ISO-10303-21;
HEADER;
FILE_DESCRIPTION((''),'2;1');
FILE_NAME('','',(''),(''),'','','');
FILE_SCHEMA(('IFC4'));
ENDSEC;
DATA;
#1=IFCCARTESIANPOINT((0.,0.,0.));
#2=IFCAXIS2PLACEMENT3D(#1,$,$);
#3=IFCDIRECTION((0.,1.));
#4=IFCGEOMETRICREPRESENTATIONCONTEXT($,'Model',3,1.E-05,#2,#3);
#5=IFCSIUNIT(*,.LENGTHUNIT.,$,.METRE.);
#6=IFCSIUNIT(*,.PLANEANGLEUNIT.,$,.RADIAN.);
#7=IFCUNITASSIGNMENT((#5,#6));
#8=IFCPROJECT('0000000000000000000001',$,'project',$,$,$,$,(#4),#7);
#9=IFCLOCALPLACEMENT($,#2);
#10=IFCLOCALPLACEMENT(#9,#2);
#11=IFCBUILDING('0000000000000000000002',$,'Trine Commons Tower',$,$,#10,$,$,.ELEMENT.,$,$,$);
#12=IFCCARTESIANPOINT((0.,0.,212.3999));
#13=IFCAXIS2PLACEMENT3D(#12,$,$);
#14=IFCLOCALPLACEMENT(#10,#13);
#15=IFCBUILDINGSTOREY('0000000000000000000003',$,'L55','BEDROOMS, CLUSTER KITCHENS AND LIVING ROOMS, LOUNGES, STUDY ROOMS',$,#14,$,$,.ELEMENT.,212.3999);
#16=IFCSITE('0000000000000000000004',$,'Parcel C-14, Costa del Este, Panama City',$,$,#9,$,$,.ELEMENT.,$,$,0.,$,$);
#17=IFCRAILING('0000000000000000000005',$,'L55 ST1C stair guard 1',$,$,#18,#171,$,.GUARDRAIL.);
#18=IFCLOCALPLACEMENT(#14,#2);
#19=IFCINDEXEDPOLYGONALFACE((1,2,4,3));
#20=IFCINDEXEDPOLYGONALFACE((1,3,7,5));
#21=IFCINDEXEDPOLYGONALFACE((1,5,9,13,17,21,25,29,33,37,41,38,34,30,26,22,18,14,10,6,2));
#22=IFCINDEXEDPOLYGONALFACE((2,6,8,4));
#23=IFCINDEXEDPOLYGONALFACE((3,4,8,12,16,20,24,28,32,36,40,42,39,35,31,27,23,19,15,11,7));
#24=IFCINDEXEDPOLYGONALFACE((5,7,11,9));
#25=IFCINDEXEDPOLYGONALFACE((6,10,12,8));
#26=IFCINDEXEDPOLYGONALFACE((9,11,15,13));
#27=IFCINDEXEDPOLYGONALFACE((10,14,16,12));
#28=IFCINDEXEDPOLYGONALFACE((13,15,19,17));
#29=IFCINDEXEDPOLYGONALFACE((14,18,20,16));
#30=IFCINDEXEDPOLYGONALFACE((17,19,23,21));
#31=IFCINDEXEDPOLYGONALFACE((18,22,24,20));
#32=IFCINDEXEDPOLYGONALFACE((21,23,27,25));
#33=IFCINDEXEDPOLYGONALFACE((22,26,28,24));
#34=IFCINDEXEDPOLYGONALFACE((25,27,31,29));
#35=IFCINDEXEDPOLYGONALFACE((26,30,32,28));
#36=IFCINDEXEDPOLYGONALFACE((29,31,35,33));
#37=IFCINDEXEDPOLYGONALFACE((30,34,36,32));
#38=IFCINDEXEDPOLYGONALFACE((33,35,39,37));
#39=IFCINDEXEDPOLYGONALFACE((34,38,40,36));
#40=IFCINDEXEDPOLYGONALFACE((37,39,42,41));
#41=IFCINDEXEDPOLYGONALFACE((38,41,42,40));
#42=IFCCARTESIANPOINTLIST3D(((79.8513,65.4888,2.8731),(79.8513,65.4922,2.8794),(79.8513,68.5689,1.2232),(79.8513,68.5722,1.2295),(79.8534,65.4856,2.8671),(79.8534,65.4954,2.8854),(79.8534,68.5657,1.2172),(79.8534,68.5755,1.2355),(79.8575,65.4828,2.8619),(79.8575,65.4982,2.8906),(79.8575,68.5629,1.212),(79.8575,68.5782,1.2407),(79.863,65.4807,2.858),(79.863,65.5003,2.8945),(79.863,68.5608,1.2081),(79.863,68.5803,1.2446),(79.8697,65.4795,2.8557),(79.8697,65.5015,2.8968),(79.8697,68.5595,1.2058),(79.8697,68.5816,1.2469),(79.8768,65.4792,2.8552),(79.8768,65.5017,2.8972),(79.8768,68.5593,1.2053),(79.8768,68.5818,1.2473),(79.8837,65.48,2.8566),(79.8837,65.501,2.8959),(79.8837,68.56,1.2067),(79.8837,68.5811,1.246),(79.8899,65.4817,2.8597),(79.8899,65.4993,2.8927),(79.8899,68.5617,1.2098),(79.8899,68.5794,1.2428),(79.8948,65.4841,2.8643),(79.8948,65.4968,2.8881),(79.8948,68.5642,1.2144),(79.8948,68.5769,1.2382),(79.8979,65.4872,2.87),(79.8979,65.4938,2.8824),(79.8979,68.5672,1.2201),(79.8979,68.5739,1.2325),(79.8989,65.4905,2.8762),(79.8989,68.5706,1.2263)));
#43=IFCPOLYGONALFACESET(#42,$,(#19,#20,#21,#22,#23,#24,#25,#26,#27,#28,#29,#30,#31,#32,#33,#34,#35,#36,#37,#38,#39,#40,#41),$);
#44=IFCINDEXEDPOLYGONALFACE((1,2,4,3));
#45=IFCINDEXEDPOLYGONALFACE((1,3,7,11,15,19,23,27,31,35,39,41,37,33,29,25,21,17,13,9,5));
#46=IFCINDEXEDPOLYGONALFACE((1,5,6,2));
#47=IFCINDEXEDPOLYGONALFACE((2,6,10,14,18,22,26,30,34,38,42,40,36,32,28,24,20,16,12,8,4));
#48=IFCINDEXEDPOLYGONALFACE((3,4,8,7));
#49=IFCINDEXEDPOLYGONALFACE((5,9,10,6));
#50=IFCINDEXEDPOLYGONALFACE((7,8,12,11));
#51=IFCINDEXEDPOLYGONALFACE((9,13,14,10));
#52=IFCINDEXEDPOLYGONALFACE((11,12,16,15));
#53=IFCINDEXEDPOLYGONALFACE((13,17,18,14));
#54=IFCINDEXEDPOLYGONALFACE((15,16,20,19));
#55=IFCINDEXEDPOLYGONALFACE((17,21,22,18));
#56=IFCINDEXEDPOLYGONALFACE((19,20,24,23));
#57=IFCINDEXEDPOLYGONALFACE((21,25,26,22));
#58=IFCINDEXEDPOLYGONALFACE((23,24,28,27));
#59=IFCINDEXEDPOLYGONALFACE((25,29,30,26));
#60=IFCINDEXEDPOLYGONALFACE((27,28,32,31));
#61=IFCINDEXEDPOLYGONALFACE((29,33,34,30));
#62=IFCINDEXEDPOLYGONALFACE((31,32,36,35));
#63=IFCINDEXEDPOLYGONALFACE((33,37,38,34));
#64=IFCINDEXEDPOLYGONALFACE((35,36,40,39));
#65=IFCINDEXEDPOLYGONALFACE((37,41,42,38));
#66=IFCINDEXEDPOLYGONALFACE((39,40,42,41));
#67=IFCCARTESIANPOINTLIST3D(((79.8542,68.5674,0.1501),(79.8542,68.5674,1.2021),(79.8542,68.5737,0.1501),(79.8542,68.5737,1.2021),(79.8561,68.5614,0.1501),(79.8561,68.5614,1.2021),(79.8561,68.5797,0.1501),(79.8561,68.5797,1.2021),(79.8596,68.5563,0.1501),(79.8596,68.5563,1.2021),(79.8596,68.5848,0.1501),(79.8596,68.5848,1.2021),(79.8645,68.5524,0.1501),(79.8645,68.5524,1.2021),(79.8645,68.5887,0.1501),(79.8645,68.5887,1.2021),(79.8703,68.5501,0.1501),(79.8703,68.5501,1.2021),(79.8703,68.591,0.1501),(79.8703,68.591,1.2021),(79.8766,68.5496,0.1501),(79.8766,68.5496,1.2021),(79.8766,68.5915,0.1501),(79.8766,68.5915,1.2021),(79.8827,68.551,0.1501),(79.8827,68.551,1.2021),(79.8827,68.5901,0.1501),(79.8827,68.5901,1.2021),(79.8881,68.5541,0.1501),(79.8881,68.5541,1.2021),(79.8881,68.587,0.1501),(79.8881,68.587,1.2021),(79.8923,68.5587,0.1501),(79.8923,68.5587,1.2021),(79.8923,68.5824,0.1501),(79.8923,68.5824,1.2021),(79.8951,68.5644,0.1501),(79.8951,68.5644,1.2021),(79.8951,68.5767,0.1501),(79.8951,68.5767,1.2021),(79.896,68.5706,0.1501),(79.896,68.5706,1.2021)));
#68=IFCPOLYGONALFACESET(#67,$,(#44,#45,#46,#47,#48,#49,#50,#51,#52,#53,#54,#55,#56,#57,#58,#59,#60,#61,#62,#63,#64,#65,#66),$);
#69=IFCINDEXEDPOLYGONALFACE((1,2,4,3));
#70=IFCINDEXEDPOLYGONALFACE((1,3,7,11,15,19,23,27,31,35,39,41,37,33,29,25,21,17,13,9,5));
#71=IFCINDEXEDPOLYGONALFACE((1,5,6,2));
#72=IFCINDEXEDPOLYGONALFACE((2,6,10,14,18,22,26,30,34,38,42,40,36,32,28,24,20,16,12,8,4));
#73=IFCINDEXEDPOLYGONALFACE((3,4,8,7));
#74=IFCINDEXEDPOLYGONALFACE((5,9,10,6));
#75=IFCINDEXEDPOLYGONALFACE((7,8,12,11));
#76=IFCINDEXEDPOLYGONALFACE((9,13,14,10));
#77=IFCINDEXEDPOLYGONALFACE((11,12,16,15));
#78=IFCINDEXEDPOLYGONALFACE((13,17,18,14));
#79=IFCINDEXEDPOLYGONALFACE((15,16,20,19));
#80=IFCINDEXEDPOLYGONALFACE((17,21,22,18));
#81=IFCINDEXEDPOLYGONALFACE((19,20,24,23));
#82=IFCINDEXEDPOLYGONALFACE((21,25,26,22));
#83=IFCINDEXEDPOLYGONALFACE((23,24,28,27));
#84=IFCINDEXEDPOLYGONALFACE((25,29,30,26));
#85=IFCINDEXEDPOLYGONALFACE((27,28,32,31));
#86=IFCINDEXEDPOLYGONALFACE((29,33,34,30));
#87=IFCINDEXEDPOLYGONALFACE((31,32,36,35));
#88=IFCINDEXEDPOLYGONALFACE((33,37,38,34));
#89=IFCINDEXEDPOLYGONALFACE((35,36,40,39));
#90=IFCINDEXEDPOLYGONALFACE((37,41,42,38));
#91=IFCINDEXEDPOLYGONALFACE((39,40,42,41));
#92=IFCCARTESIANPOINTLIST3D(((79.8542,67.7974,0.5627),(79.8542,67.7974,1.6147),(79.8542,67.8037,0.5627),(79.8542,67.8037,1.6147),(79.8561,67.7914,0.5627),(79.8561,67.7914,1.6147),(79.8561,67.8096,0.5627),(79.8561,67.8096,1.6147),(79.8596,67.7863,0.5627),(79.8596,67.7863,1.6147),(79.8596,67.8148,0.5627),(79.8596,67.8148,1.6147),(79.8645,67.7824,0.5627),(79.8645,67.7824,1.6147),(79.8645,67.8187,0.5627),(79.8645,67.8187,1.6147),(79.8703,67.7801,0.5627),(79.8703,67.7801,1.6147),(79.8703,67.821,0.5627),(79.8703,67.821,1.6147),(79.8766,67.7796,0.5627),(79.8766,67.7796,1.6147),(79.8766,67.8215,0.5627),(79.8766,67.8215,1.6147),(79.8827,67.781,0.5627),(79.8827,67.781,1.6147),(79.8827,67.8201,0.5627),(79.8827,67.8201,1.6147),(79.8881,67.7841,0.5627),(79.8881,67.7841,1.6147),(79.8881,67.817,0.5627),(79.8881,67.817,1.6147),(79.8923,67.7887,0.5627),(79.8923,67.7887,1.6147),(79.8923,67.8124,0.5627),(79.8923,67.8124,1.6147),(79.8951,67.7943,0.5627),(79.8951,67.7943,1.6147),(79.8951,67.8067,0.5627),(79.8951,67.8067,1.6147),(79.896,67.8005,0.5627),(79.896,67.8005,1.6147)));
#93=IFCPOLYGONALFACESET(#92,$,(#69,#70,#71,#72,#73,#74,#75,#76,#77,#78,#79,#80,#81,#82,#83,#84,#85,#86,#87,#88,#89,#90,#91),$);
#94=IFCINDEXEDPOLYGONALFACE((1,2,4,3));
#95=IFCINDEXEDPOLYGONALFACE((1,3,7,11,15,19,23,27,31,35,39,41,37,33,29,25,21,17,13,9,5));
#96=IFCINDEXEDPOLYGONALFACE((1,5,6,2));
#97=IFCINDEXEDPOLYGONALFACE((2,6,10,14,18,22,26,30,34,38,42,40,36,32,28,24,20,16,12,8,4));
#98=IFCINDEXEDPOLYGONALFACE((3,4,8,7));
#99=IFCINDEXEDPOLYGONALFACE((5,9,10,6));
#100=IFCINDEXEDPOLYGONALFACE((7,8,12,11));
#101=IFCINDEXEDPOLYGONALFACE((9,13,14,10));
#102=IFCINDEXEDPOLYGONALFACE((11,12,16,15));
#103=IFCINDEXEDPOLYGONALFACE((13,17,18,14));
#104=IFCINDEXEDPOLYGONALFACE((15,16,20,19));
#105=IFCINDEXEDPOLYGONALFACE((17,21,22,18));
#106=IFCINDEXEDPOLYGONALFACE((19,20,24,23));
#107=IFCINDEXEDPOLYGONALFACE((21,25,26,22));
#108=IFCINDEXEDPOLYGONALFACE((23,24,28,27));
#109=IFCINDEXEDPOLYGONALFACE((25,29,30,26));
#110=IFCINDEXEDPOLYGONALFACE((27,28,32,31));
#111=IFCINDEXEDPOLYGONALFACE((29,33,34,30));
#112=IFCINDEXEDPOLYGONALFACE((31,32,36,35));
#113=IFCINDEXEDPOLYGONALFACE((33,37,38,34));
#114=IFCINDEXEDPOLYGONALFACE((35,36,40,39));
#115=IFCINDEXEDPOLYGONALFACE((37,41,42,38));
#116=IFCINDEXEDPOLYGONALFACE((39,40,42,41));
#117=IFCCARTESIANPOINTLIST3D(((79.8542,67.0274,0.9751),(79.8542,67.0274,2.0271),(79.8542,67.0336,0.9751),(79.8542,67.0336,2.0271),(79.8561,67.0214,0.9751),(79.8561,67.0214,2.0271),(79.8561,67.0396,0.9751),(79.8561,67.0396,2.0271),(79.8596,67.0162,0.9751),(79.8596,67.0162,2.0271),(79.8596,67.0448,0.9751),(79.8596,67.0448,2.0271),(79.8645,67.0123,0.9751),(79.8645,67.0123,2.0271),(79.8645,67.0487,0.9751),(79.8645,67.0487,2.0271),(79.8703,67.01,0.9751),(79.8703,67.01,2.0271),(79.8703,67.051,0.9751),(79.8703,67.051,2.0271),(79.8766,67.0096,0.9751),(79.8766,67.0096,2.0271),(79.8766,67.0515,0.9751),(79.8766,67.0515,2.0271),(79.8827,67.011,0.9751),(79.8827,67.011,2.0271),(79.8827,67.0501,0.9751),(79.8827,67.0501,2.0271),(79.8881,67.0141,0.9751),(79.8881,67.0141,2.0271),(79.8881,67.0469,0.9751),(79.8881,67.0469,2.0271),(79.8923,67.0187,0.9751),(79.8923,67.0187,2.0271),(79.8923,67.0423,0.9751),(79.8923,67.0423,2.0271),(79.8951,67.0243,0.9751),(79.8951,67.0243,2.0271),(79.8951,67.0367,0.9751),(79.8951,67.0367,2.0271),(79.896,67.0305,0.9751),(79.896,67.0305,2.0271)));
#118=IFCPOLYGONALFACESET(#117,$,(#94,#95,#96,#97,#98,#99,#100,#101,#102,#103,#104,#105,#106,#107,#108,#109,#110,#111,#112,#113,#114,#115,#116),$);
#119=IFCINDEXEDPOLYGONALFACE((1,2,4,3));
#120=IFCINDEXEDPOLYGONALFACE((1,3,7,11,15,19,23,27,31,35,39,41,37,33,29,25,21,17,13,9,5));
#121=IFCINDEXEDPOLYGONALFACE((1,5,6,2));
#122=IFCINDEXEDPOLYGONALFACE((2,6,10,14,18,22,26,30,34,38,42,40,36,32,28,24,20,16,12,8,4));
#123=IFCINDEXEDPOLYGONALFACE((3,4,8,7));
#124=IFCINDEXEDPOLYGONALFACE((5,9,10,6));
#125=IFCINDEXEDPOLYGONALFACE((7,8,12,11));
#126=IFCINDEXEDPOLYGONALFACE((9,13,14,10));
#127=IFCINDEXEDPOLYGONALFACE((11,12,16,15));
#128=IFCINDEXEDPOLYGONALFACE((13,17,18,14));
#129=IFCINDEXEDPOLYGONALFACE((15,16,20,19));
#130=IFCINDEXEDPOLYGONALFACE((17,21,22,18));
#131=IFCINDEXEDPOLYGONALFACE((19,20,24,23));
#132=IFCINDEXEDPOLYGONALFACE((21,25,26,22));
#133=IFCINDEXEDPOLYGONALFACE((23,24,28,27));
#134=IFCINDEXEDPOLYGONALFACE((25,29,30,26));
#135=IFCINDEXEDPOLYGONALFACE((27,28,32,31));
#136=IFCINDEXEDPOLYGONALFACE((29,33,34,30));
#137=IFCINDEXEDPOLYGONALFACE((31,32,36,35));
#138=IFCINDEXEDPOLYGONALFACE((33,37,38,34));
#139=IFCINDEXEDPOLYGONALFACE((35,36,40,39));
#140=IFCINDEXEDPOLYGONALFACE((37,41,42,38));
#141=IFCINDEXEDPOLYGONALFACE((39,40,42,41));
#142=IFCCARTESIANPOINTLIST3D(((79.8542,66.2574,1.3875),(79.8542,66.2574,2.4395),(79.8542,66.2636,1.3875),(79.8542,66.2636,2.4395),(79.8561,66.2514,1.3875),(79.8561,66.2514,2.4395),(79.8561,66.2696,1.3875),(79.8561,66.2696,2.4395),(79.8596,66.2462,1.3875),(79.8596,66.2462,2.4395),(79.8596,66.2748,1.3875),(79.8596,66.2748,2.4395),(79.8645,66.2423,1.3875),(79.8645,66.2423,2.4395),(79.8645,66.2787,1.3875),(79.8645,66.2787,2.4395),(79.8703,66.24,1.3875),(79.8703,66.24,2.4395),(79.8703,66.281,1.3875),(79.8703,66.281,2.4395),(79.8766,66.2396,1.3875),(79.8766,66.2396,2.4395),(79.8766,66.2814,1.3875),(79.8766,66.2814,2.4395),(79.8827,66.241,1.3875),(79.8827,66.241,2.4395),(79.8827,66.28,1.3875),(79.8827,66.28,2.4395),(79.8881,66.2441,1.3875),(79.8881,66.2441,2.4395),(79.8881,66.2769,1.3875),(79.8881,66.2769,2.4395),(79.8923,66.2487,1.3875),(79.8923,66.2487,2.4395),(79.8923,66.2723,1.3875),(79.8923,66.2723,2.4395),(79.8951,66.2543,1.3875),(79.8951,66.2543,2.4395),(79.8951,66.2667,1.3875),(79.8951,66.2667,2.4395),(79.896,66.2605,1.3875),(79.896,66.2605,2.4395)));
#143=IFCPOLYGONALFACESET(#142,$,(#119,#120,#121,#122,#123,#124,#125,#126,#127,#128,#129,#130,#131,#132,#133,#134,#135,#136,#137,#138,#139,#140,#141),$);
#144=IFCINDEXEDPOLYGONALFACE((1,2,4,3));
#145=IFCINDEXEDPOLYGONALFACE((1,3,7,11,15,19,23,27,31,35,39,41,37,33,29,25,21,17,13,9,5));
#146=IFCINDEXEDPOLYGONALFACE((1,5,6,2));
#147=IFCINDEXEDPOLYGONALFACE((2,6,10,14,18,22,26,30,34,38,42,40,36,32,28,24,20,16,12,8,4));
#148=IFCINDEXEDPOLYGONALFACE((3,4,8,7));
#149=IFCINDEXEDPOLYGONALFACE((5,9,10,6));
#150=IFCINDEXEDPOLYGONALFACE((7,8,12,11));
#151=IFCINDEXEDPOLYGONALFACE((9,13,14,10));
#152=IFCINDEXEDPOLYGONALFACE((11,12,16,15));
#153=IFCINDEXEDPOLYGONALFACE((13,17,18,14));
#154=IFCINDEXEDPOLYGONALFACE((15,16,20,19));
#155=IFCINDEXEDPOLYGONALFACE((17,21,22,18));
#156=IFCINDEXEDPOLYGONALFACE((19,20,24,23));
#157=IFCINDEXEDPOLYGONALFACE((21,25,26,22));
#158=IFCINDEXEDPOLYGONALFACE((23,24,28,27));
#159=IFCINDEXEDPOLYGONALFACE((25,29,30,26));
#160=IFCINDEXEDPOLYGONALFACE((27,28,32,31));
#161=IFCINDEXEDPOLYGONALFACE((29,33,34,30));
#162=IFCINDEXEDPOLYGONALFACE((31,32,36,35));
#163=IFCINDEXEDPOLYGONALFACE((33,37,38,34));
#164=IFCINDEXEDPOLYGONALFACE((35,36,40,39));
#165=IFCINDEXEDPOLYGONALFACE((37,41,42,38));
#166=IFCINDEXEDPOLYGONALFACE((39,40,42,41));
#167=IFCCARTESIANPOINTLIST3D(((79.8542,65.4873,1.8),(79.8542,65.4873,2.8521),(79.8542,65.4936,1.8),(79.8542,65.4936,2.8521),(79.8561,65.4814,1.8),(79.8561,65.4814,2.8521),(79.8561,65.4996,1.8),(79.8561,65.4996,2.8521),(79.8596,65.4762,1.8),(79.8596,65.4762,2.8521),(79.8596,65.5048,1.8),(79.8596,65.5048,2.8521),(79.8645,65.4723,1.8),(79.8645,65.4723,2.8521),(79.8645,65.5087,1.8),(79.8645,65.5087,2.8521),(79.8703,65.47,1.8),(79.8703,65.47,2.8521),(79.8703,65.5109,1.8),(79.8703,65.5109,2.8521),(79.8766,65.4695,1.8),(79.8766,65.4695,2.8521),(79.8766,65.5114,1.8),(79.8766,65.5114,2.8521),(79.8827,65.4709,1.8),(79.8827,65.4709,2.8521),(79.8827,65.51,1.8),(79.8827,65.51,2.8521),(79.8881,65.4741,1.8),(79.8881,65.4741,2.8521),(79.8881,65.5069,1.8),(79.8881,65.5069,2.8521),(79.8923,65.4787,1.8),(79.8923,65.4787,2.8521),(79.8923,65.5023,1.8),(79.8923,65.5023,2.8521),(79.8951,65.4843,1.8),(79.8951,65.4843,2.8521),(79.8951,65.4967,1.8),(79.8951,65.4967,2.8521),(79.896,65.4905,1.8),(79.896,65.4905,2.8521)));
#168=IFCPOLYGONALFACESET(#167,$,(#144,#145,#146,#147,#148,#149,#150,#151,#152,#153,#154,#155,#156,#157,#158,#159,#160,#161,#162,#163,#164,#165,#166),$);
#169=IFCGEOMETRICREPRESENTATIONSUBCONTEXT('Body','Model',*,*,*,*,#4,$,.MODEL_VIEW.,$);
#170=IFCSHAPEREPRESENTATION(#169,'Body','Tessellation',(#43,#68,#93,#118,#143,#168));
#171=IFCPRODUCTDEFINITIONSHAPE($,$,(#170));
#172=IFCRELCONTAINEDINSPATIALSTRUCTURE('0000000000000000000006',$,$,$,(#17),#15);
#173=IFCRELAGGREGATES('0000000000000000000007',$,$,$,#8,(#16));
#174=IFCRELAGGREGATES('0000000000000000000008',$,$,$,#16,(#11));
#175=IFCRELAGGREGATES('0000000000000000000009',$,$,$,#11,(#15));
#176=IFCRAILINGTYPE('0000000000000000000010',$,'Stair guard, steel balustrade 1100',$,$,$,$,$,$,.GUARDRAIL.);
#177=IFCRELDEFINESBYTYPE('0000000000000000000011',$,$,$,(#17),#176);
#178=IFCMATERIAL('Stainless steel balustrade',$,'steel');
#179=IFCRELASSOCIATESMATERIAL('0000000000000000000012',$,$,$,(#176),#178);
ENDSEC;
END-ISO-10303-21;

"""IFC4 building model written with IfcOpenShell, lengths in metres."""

from ifc_helpers import new_model, si_unit, direction, frame, origin, origin_2d, place, context, subcontext, project, spatial, circle, extrude, material, type_object, element, save


model = new_model("IFC4")

# Units and contexts
model_context = context("Model", 3, precision=1e-05, world=origin(), true_north=direction((0.0, 1.0)))
body_context = subcontext(model_context, "Body", "Model", "MODEL_VIEW")
ifc_project = project(units=[si_unit("LENGTHUNIT", "METRE"), si_unit("PLANEANGLEUNIT", "RADIAN")], contexts=[model_context])

# Site, building, storey
site_placement = place(None, origin())
site = spatial("IfcSite", under=ifc_project, at=site_placement, Name="Parcel C-14, Costa del Este, Panama City", CompositionType="ELEMENT", RefElevation=0.0)
building_placement = place(site_placement, origin())
building = spatial("IfcBuilding", under=site, at=building_placement, Name="Trine Commons Tower", CompositionType="ELEMENT")
storey_placement = place(building_placement, frame((0.0, 0.0, 212.3999)))
storey = spatial("IfcBuildingStorey", under=building, at=storey_placement, Name="L55", Description="BEDROOMS, CLUSTER KITCHENS AND LIVING ROOMS, LOUNGES, STUDY ROOMS", CompositionType="ELEMENT", Elevation=212.3999)

# Railing
ifc_material_1 = material(Name="Stainless steel balustrade", Category="steel")
railing_type_1 = type_object("IfcRailingType", Name="Stair guard, steel balustrade 1100", PredefinedType="GUARDRAIL", material=ifc_material_1)
railing_1_placement = place(storey_placement, frame((79.875, 68.5706, 0.1501)))
element("IfcRailing", 1, at=railing_1_placement, inside=storey, type_object=railing_type_1, Name="L55 ST1C stair guard 1", PredefinedType="GUARDRAIL", context=body_context, shape_type="SweptSolid", body=[
    extrude(circle(Radius=0.0239, at=origin_2d()), frame((0.0, 0.0, 1.0762), z_axis=(0.0, -0.881497, 0.47219), x_axis=(1.0, 0.0, 0.0)), (0.0, 0.0, 1.0), 3.4941),
    extrude(circle(Radius=0.021, at=origin_2d()), origin(), (0.0, 0.0, 1.0), 1.052),
    extrude(circle(Radius=0.021, at=origin_2d()), frame((0.0, -0.77, 0.4126)), (0.0, 0.0, 1.0), 1.052),
    extrude(circle(Radius=0.021, at=origin_2d()), frame((0.0, -1.54, 0.825)), (0.0, 0.0, 1.0), 1.052),
    extrude(circle(Radius=0.021, at=origin_2d()), frame((0.0, -2.3101, 1.2373)), (0.0, 0.0, 1.0), 1.052),
    extrude(circle(Radius=0.021, at=origin_2d()), frame((0.0, -3.0801, 1.6499)), (0.0, 0.0, 1.0), 1.052),
])

save(model, "model.ifc")
